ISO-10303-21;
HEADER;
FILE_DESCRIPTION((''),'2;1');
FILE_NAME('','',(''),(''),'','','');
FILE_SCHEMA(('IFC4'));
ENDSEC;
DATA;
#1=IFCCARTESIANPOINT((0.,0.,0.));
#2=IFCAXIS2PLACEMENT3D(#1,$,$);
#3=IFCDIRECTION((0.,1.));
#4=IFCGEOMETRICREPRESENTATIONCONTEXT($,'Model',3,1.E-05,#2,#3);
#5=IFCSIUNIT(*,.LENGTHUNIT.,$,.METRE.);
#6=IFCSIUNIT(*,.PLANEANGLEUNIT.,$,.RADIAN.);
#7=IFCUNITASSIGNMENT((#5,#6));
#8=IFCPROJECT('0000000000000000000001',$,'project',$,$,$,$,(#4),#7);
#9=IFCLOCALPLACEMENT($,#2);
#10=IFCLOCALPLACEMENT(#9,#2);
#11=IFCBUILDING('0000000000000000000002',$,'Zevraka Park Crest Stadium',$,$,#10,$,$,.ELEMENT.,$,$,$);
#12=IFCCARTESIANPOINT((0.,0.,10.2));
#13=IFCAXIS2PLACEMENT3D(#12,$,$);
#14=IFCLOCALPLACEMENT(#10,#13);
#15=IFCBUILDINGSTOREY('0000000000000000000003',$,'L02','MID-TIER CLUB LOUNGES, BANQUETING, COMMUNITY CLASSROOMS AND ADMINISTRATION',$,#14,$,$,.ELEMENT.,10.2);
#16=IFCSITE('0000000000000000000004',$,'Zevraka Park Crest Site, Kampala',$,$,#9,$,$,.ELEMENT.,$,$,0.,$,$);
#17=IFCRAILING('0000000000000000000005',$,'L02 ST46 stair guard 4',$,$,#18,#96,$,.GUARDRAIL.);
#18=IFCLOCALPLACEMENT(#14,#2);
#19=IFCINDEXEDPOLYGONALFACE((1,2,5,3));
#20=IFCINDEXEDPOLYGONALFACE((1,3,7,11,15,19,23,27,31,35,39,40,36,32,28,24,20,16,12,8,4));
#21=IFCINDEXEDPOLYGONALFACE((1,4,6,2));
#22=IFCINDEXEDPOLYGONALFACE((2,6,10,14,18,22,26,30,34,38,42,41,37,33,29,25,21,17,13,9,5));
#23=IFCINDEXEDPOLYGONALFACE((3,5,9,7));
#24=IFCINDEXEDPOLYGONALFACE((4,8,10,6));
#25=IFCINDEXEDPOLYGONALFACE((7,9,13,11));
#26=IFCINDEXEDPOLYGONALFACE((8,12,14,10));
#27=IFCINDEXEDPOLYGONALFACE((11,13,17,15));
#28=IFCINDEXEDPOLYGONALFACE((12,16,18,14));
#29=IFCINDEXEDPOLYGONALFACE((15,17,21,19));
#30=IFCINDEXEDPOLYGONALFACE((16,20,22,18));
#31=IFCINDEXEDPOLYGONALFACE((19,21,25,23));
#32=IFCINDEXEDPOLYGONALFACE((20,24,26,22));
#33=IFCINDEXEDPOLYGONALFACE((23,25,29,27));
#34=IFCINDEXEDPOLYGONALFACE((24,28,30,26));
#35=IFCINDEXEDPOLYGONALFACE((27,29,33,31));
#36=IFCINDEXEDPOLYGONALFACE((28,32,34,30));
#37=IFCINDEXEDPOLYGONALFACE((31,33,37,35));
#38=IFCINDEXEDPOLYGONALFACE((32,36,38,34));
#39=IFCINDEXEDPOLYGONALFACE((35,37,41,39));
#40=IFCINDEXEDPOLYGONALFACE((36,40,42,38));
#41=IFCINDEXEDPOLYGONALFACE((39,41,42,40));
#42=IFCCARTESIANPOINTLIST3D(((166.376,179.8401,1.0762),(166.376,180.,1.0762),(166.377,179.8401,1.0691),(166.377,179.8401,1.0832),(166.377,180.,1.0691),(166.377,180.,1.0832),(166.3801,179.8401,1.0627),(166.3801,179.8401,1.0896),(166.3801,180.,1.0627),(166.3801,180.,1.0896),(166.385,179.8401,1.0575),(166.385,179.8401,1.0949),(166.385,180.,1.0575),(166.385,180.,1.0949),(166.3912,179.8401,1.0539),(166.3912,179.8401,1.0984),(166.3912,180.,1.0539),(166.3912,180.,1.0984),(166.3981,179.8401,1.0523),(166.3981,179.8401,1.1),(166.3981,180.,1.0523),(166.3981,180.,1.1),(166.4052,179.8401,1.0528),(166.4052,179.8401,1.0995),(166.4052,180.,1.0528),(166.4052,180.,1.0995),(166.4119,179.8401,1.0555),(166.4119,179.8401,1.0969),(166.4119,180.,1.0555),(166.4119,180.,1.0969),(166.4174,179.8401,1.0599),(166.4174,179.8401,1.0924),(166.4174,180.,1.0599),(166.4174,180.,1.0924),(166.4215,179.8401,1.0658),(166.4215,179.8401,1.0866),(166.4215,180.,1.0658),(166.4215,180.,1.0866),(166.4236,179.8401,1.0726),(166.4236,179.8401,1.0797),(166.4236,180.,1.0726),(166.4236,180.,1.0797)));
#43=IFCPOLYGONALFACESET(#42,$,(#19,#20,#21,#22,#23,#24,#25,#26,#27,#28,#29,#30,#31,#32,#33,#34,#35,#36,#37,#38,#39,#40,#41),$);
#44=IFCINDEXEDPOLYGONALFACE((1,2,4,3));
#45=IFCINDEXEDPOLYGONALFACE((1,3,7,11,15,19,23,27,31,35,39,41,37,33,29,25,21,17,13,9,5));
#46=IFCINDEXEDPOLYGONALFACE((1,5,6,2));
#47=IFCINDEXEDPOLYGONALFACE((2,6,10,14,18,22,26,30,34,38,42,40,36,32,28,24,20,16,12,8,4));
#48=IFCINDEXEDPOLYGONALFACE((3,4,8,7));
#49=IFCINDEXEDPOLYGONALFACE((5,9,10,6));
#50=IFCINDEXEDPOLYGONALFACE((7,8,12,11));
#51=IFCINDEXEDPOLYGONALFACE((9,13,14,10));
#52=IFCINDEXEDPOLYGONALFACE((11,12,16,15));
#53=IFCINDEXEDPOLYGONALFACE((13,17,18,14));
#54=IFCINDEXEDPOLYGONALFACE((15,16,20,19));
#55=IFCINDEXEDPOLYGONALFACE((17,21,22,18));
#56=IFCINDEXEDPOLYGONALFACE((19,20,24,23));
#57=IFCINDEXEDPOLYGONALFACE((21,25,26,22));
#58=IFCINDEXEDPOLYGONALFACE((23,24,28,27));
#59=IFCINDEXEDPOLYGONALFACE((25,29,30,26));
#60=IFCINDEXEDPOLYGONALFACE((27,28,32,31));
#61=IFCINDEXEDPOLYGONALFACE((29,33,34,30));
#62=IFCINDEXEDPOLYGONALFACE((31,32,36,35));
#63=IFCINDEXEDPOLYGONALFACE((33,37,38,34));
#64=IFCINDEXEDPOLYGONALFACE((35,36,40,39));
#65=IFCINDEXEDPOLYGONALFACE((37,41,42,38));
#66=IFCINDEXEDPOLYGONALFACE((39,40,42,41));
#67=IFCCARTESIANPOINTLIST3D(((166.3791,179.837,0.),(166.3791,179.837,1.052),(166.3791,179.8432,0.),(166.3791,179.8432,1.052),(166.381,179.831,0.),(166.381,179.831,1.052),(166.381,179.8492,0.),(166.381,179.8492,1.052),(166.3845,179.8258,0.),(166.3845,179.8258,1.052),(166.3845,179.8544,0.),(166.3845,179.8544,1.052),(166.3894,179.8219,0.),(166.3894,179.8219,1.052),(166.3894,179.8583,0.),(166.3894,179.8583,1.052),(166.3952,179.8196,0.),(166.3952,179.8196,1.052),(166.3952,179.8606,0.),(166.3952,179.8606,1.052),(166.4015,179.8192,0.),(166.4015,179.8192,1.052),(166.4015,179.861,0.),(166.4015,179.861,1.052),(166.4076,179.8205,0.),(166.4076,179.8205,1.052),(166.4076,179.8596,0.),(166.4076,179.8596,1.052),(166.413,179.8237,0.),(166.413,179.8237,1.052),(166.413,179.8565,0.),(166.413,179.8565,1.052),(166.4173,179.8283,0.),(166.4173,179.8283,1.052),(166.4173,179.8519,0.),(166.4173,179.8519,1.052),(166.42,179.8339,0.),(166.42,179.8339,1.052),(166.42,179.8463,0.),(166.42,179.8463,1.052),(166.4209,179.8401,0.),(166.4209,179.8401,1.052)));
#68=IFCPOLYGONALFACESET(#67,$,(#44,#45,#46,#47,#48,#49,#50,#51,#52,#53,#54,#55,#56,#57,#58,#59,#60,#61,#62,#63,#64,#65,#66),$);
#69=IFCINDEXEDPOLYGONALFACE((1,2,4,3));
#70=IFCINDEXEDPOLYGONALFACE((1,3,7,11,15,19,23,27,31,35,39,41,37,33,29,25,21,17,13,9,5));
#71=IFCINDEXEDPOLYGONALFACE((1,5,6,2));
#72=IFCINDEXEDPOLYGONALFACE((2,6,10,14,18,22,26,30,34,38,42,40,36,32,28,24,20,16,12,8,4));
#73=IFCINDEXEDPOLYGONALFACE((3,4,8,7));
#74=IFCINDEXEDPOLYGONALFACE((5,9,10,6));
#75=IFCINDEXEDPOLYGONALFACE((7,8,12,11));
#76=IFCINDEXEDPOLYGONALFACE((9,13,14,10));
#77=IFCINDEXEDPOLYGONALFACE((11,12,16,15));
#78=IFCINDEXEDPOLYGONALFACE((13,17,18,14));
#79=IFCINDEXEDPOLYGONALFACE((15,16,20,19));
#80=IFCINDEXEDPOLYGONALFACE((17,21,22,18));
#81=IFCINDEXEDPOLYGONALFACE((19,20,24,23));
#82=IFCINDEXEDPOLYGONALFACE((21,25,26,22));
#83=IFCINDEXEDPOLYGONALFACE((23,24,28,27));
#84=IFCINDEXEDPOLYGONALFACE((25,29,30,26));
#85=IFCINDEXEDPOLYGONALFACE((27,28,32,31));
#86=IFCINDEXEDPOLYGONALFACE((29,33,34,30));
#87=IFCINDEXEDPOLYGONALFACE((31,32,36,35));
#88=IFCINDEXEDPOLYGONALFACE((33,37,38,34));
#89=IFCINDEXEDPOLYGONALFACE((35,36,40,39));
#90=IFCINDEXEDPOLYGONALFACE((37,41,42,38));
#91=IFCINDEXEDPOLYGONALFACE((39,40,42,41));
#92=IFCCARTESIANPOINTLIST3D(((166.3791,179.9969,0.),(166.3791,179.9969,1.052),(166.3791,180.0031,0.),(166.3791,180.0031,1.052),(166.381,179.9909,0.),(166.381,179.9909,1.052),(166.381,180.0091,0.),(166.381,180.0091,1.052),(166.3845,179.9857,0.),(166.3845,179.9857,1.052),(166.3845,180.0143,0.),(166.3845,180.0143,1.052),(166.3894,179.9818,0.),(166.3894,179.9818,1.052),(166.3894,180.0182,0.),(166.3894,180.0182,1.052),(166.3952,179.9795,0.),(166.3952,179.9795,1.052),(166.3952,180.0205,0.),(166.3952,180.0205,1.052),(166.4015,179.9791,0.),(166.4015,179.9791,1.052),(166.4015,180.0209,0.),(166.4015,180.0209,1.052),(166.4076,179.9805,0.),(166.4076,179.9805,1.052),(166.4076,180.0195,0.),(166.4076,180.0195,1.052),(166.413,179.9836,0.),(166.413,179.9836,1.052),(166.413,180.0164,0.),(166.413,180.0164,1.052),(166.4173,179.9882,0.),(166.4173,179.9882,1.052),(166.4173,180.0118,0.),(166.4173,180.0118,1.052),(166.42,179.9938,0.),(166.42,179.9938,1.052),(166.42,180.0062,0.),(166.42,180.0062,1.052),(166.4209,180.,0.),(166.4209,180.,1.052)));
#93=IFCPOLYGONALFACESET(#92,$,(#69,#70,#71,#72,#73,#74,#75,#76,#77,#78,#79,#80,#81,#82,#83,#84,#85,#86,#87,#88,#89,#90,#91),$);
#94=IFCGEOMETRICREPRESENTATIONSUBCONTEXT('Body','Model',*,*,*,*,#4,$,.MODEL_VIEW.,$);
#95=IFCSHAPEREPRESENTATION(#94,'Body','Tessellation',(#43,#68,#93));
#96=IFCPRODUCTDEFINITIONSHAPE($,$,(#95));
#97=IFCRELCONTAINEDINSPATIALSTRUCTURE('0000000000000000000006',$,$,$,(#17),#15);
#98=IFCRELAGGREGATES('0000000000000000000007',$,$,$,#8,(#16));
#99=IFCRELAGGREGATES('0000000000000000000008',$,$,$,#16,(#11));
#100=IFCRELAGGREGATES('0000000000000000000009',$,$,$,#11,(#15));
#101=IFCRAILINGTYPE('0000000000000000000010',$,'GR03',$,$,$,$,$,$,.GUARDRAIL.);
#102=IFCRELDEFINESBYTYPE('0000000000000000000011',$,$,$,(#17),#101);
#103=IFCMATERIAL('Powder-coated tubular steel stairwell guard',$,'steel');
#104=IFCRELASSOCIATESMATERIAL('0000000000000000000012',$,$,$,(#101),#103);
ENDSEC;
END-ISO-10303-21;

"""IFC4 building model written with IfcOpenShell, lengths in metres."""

from ifc_helpers import new_model, si_unit, direction, frame, origin, origin_2d, place, context, subcontext, project, spatial, circle, extrude, material, type_object, element, save


model = new_model("IFC4")

# Units and contexts
model_context = context("Model", 3, precision=1e-05, world=origin(), true_north=direction((0.0, 1.0)))
body_context = subcontext(model_context, "Body", "Model", "MODEL_VIEW")
ifc_project = project(units=[si_unit("LENGTHUNIT", "METRE"), si_unit("PLANEANGLEUNIT", "RADIAN")], contexts=[model_context])

# Site, building, storey
site_placement = place(None, origin())
site = spatial("IfcSite", under=ifc_project, at=site_placement, Name="Zevraka Park Crest Site, Kampala", CompositionType="ELEMENT", RefElevation=0.0)
building_placement = place(site_placement, origin())
building = spatial("IfcBuilding", under=site, at=building_placement, Name="Zevraka Park Crest Stadium", CompositionType="ELEMENT")
storey_placement = place(building_placement, frame((0.0, 0.0, 10.2)))
storey = spatial("IfcBuildingStorey", under=building, at=storey_placement, Name="L02", Description="MID-TIER CLUB LOUNGES, BANQUETING, COMMUNITY CLASSROOMS AND ADMINISTRATION", CompositionType="ELEMENT", Elevation=10.2)

# Railing
ifc_material_1 = material(Name="Powder-coated tubular steel stairwell guard", Category="steel")
railing_type_1 = type_object("IfcRailingType", Name="GR03", PredefinedType="GUARDRAIL", material=ifc_material_1)
railing_1_placement = place(storey_placement, frame((166.3999, 179.8401, 0.0)))
element("IfcRailing", 1, at=railing_1_placement, inside=storey, type_object=railing_type_1, Name="L02 ST46 stair guard 4", PredefinedType="GUARDRAIL", context=body_context, shape_type="SweptSolid", body=[
    extrude(circle(Radius=0.0239, at=origin_2d()), frame((0.0, 0.0, 1.0762), z_axis=(0.0, 1.0, 0.0), x_axis=(-1.0, 0.0, 0.0)), (0.0, 0.0, 1.0), 0.1599),
    extrude(circle(Radius=0.021, at=origin_2d()), origin(), (0.0, 0.0, 1.0), 1.052),
    extrude(circle(Radius=0.021, at=origin_2d()), frame((0.0, 0.1599, 0.0)), (0.0, 0.0, 1.0), 1.052),
])

save(model, "model.ifc")
